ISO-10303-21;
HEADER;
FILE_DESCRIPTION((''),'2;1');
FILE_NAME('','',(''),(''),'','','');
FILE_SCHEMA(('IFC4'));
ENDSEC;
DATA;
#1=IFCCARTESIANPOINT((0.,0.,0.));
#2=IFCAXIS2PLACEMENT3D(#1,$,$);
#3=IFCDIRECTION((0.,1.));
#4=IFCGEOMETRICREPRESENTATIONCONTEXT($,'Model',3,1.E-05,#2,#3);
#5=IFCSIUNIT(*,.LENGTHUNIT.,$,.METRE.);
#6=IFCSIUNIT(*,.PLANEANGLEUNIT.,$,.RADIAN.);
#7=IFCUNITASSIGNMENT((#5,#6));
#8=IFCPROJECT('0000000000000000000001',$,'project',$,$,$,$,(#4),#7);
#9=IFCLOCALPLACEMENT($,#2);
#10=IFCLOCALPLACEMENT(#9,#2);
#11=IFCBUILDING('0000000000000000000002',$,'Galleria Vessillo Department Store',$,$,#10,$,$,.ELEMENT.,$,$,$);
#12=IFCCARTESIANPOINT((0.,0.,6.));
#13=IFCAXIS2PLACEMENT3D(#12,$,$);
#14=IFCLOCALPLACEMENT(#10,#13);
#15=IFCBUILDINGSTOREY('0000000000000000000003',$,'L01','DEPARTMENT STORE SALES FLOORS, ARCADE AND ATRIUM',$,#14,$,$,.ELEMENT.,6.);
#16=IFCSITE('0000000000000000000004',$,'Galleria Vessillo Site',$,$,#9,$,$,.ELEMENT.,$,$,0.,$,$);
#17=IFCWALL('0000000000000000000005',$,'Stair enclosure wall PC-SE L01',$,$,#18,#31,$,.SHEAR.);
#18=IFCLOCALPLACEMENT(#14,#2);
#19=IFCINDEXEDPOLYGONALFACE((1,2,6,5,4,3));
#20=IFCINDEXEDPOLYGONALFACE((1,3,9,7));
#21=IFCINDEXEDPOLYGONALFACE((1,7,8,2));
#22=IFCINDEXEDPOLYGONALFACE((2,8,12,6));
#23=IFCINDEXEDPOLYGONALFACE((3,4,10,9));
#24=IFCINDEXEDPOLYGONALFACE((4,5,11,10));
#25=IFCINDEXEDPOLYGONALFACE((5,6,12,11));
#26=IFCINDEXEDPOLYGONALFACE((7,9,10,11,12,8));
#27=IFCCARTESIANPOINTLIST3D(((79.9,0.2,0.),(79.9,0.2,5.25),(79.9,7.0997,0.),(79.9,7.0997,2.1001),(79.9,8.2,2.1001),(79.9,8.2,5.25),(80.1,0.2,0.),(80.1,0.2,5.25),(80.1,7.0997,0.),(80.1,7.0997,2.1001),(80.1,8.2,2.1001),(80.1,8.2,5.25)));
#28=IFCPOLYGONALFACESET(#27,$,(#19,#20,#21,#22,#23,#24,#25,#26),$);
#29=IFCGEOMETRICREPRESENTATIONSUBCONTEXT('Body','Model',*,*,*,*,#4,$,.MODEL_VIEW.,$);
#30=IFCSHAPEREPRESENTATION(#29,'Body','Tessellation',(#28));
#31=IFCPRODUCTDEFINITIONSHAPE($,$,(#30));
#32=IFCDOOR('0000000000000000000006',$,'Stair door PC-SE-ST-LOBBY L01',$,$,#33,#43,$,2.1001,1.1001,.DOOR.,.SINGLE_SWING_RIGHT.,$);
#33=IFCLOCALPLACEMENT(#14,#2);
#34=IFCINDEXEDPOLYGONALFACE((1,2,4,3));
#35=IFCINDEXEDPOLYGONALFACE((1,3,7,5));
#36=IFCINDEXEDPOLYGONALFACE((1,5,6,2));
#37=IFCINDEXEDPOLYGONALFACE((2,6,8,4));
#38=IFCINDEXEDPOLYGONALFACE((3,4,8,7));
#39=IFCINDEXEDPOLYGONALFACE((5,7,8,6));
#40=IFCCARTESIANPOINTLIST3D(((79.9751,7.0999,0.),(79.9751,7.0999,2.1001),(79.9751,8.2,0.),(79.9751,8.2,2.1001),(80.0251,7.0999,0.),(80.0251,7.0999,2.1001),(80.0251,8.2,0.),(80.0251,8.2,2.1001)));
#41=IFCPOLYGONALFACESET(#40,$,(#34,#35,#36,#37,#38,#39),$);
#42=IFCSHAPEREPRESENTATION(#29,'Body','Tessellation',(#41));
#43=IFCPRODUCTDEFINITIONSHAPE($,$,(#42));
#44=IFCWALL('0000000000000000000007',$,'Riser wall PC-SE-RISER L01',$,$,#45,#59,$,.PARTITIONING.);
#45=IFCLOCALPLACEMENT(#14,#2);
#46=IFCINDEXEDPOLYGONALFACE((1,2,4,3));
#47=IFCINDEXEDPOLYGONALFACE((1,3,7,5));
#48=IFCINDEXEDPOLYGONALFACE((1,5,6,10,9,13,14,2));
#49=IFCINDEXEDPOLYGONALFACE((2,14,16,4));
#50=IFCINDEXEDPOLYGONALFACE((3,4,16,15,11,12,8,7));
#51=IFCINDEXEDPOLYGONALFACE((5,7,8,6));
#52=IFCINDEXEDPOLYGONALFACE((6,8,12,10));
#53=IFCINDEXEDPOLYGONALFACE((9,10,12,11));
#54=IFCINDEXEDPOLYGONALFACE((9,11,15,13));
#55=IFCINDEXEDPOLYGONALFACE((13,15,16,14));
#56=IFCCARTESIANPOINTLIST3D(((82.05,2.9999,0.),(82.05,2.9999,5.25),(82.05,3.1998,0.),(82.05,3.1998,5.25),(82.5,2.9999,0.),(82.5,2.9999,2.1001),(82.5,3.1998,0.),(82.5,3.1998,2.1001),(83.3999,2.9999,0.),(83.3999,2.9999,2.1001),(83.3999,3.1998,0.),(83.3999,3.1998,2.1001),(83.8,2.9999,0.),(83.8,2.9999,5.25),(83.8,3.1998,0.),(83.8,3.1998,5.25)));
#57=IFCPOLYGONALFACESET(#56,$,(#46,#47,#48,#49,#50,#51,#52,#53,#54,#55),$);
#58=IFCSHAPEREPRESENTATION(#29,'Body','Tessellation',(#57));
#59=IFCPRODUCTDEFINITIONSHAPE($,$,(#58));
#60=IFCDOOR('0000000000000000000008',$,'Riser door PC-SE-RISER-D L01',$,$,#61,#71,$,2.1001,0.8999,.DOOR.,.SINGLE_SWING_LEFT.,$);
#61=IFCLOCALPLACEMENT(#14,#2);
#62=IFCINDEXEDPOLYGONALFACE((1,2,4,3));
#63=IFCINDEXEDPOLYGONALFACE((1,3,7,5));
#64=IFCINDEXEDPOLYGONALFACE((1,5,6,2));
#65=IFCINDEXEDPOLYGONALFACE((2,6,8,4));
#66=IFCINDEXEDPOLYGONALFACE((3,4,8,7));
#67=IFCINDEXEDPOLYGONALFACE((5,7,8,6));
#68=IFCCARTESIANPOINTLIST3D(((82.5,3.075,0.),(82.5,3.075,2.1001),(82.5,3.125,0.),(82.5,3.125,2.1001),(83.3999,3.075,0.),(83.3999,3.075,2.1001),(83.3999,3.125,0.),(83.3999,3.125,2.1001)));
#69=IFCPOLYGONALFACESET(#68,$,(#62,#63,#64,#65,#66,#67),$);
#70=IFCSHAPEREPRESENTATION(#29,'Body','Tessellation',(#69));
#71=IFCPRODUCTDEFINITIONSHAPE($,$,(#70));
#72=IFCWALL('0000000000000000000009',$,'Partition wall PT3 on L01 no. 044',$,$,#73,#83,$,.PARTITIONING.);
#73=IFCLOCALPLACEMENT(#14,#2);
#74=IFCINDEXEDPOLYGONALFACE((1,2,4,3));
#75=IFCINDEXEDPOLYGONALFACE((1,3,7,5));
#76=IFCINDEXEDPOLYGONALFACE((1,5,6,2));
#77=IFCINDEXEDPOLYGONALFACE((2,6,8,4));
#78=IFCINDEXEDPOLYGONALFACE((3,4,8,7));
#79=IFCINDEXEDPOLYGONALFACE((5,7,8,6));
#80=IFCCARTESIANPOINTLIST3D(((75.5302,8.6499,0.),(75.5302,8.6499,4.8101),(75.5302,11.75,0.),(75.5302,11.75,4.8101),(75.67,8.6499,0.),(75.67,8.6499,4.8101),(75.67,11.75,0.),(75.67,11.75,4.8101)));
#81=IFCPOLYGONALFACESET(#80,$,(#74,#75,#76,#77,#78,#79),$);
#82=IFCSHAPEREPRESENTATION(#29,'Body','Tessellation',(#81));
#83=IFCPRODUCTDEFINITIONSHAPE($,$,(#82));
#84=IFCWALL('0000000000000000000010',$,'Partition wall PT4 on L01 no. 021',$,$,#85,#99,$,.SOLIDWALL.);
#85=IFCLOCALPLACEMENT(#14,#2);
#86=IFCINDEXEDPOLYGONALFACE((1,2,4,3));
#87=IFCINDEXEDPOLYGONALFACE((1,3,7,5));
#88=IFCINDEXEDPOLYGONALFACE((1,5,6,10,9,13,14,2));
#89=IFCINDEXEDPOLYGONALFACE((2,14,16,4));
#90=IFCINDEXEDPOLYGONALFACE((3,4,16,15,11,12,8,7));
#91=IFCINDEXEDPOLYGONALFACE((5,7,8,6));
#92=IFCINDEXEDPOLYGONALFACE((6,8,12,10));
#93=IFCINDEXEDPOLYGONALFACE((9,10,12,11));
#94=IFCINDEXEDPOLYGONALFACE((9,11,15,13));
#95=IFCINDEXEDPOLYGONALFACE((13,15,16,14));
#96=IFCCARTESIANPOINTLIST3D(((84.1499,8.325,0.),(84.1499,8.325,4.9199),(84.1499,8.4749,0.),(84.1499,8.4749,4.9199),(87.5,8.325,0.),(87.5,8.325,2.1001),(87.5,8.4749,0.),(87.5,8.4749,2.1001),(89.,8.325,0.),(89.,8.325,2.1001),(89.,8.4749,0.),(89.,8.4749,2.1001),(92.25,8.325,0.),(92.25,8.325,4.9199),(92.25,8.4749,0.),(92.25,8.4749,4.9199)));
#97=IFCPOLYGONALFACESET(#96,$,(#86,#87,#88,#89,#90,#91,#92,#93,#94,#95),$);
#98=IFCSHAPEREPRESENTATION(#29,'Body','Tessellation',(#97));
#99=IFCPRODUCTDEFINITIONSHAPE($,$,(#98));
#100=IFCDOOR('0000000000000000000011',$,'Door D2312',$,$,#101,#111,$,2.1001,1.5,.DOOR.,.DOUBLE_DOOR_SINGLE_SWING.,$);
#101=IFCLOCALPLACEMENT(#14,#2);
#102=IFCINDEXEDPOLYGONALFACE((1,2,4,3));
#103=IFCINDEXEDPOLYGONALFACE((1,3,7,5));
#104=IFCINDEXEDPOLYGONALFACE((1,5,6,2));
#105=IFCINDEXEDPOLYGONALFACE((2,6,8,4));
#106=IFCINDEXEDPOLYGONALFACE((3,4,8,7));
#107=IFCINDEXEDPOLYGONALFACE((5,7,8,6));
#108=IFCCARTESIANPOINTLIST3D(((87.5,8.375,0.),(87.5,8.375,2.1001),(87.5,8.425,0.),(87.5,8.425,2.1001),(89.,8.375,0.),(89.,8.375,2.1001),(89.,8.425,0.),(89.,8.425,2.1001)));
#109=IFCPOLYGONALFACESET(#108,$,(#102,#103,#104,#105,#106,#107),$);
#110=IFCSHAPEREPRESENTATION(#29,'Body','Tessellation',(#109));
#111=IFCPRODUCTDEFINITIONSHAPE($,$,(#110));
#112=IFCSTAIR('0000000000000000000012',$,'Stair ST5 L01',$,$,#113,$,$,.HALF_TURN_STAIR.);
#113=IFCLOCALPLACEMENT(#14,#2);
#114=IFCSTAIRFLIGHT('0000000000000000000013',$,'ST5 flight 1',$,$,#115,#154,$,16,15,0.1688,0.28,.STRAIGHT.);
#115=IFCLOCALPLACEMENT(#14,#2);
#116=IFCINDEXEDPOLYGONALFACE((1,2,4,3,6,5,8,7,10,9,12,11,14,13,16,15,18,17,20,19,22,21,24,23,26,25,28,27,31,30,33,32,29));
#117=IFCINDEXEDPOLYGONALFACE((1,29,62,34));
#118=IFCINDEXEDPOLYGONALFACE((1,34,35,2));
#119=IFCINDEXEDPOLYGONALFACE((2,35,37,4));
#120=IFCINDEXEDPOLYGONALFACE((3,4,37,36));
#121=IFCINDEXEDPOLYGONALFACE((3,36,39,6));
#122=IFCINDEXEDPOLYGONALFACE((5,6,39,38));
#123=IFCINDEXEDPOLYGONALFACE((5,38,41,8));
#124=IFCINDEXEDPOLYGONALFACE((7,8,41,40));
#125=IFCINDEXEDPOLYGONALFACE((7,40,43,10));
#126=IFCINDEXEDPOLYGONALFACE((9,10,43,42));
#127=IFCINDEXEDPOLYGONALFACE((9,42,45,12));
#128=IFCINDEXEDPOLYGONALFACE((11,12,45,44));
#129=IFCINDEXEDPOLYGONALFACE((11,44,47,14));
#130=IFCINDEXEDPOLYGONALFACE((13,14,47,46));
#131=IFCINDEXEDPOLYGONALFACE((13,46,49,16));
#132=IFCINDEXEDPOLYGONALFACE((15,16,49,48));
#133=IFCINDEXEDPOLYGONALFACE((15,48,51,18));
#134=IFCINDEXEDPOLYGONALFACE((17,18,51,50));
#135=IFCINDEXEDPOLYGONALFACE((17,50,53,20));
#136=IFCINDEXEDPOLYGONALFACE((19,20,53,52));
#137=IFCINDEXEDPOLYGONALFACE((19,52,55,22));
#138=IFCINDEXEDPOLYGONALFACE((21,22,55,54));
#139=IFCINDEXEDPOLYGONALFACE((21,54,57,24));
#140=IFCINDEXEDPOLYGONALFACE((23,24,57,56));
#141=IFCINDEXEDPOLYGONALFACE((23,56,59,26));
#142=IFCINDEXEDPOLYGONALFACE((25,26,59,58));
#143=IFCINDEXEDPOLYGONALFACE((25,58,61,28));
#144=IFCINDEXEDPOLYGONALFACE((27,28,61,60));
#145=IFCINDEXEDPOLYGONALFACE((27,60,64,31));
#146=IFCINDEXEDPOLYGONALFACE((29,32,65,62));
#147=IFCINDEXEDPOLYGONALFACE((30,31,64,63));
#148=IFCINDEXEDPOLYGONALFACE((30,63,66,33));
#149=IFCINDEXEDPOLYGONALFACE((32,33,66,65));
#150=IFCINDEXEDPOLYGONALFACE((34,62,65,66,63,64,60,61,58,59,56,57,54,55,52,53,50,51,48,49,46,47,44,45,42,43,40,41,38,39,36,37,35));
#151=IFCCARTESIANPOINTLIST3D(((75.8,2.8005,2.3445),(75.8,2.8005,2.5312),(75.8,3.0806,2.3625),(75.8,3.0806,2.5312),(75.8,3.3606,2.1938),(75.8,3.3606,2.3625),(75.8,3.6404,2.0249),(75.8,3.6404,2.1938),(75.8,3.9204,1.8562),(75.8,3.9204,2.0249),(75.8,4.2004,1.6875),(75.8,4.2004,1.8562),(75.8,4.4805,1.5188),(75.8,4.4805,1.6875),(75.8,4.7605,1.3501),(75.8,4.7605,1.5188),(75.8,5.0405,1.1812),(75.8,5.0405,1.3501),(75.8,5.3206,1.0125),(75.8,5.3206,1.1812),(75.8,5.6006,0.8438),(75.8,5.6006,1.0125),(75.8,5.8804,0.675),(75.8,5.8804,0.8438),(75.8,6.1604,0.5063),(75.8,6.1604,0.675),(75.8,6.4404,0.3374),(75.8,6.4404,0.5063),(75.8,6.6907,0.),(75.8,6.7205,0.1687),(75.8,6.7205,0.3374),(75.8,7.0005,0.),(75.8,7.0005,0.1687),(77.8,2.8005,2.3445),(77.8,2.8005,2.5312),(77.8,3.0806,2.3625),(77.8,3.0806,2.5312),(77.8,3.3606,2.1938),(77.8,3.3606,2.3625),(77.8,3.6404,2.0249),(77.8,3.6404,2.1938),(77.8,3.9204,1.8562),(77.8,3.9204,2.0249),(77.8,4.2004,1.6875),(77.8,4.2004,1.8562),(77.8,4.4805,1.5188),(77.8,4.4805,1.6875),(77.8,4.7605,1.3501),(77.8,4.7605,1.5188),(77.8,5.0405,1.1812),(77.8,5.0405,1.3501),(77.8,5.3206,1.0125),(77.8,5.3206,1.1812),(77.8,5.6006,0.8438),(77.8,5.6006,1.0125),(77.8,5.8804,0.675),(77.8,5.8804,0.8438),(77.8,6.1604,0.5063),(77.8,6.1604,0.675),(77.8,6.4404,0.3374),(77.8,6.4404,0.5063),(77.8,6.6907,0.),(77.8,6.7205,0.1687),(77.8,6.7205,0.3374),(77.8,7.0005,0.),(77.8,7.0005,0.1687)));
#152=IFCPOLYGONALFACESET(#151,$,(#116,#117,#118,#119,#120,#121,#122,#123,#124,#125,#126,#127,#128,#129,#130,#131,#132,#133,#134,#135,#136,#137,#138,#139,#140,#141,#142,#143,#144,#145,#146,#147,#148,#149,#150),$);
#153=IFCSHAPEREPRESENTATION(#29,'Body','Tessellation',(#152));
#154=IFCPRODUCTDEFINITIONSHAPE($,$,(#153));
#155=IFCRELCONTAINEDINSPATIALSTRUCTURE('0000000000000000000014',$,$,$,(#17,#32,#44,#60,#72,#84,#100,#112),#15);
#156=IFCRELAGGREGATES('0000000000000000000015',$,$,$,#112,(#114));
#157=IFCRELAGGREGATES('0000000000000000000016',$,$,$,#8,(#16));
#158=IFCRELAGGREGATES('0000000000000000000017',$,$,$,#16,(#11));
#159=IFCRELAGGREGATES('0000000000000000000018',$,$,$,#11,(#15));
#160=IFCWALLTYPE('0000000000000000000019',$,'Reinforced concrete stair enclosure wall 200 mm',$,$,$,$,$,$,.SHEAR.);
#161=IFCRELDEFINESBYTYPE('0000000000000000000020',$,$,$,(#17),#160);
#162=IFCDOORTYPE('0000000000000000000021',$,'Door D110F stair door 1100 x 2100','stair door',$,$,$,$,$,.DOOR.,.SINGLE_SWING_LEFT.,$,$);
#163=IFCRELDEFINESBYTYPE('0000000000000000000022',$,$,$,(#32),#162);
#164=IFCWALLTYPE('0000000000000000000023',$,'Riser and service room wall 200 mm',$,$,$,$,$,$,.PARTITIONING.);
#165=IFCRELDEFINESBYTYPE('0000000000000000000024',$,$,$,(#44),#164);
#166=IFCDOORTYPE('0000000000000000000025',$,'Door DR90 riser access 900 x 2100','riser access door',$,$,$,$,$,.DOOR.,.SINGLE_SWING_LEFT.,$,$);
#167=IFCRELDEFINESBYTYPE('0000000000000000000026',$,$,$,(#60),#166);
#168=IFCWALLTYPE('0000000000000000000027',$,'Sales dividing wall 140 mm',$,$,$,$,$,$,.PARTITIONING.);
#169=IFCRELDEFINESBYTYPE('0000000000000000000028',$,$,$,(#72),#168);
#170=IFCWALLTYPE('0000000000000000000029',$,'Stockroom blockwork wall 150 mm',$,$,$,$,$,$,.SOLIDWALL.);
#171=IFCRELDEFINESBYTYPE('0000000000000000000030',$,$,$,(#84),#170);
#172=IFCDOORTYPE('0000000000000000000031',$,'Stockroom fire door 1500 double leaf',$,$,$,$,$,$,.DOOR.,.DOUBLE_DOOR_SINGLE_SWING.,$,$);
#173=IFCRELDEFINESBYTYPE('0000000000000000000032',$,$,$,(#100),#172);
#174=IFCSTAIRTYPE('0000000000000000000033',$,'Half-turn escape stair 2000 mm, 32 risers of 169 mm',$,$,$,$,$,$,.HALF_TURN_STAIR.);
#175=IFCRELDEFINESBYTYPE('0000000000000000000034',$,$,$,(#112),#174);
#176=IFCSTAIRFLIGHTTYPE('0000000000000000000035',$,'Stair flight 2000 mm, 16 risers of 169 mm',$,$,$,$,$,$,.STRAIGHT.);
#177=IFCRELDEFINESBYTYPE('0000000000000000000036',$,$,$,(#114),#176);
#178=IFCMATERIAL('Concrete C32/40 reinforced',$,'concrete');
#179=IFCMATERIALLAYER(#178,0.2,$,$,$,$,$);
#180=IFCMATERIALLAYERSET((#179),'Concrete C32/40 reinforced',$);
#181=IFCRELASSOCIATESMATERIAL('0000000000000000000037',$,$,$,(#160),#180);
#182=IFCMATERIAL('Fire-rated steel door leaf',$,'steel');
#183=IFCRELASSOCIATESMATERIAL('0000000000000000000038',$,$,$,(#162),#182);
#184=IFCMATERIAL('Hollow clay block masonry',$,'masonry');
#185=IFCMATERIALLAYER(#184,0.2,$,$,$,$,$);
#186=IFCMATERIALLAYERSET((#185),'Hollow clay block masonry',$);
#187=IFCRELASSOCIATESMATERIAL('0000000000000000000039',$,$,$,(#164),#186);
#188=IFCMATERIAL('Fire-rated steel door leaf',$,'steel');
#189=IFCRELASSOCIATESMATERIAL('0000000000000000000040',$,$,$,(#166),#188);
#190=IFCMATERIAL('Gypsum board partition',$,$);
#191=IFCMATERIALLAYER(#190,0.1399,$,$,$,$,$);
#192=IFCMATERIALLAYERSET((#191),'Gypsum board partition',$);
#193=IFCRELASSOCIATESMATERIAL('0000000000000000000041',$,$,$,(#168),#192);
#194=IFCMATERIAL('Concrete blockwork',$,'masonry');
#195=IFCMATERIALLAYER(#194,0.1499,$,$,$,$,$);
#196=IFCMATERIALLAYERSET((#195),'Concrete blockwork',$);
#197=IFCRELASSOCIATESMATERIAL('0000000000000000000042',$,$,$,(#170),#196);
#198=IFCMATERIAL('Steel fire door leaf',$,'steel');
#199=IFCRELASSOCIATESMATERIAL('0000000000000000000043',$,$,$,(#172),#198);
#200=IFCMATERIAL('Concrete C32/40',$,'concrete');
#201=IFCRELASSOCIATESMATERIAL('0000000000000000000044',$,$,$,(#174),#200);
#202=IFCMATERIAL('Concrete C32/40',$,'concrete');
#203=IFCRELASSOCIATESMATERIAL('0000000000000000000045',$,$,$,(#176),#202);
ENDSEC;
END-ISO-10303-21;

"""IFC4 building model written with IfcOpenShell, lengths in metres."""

from ifc_helpers import new_model, si_unit, direction, frame, frame_2d, origin, place, context, subcontext, project, spatial, polyline, rectangle, outline, extrude, material, layer, layer_set, type_object, element, fill, aggregate, save


model = new_model("IFC4")

# Units and contexts
model_context = context("Model", 3, precision=1e-05, world=origin(), true_north=direction((0.0, 1.0)))
body_context = subcontext(model_context, "Body", "Model", "MODEL_VIEW")
ifc_project = project(units=[si_unit("LENGTHUNIT", "METRE"), si_unit("PLANEANGLEUNIT", "RADIAN")], contexts=[model_context])

# Site, building, storey
site_placement = place(None, origin())
site = spatial("IfcSite", under=ifc_project, at=site_placement, Name="Galleria Vessillo Site", CompositionType="ELEMENT", RefElevation=0.0)
building_placement = place(site_placement, origin())
building = spatial("IfcBuilding", under=site, at=building_placement, Name="Galleria Vessillo Department Store", CompositionType="ELEMENT")
storey_placement = place(building_placement, frame((0.0, 0.0, 6.0)))
storey = spatial("IfcBuildingStorey", under=building, at=storey_placement, Name="L01", Description="DEPARTMENT STORE SALES FLOORS, ARCADE AND ATRIUM", CompositionType="ELEMENT", Elevation=6.0)

# Walls, openings, doors
ifc_material_1 = material(Name="Concrete C32/40 reinforced", Category="concrete")
ifc_layer_1 = layer(ifc_material_1, 0.2)
ifc_layer_set_1 = layer_set([ifc_layer_1], Name="Concrete C32/40 reinforced")
wall_type_1 = type_object("IfcWallType", Name="Reinforced concrete stair enclosure wall 200 mm", PredefinedType="SHEAR", material=ifc_layer_set_1)
wall_1_placement = place(storey_placement, frame((80.0, 0.2, 0.0), z_axis=(0.0, 0.0, 1.0), x_axis=(0.0, 1.0, 0.0)))
wall_1 = element("IfcWall", 1, at=wall_1_placement, inside=storey, type_object=wall_type_1, Name="Stair enclosure wall PC-SE L01", PredefinedType="SHEAR", context=body_context, shape_type="SweptSolid", body=[
    extrude(rectangle(XDim=8.0, YDim=0.2, at=frame_2d((4.0, 0.0))), origin(), (0.0, 0.0, 1.0), 5.25),
])
opening_1_placement = place(wall_1_placement, frame((6.8999, 0.0, 0.0)))
opening_1 = element("IfcOpeningElement", 2, at=opening_1_placement, cuts=wall_1, PredefinedType="OPENING", context=body_context, shape_type="SweptSolid", body=[
    extrude(rectangle(XDim=1.1101, YDim=2.1001, at=frame_2d((0.5549, 1.05))), frame((0.0, 0.1099, 0.0), z_axis=(0.0, -1.0, 0.0), x_axis=(1.0, 0.0, 0.0)), (0.0, 0.0, 1.0), 0.22),
])
ifc_material_2 = material(Name="Fire-rated steel door leaf", Category="steel")
door_type_1 = type_object("IfcDoorType", Name="Door D110F stair door 1100 x 2100", Description="stair door", OperationType="SINGLE_SWING_LEFT", PredefinedType="DOOR", material=ifc_material_2)
door_1_placement = place(opening_1_placement, origin())
door_1 = element("IfcDoor", 3, at=door_1_placement, inside=storey, type_object=door_type_1, Name="Stair door PC-SE-ST-LOBBY L01", OperationType="SINGLE_SWING_RIGHT", OverallHeight=2.1001, OverallWidth=1.1001, PredefinedType="DOOR", context=body_context, shape_type="SweptSolid", body=[
    extrude(rectangle(XDim=1.1001, YDim=2.1001, at=frame_2d((0.55, 1.05))), frame((0.0, 0.0249, 0.0), z_axis=(0.0, -1.0, 0.0), x_axis=(1.0, 0.0, 0.0)), (0.0, 0.0, 1.0), 0.05),
])
fill(opening_1, door_1)
ifc_material_3 = material(Name="Hollow clay block masonry", Category="masonry")
ifc_layer_2 = layer(ifc_material_3, 0.2)
ifc_layer_set_2 = layer_set([ifc_layer_2], Name="Hollow clay block masonry")
wall_type_2 = type_object("IfcWallType", Name="Riser and service room wall 200 mm", PredefinedType="PARTITIONING", material=ifc_layer_set_2)
wall_2_placement = place(storey_placement, frame((82.05, 3.0999, 0.0), z_axis=(0.0, 0.0, 1.0), x_axis=(1.0, 0.0, 0.0)))
wall_2 = element("IfcWall", 4, at=wall_2_placement, inside=storey, type_object=wall_type_2, Name="Riser wall PC-SE-RISER L01", PredefinedType="PARTITIONING", context=body_context, shape_type="SweptSolid", body=[
    extrude(rectangle(XDim=1.75, YDim=0.2, at=frame_2d((0.875, 0.0))), origin(), (0.0, 0.0, 1.0), 5.25),
])
opening_2_placement = place(wall_2_placement, frame((0.45, 0.0, 0.0)))
opening_2 = element("IfcOpeningElement", 5, at=opening_2_placement, cuts=wall_2, PredefinedType="OPENING", context=body_context, shape_type="SweptSolid", body=[
    extrude(rectangle(XDim=0.8999, YDim=2.1001, at=frame_2d((0.45, 1.05))), frame((0.0, 0.1099, 0.0), z_axis=(0.0, -1.0, 0.0), x_axis=(1.0, 0.0, 0.0)), (0.0, 0.0, 1.0), 0.22),
])
ifc_material_4 = material(Name="Fire-rated steel door leaf", Category="steel")
door_type_2 = type_object("IfcDoorType", Name="Door DR90 riser access 900 x 2100", Description="riser access door", OperationType="SINGLE_SWING_LEFT", PredefinedType="DOOR", material=ifc_material_4)
door_2_placement = place(opening_2_placement, frame((0.8999, 0.0, 0.0), z_axis=(0.0, 0.0, 1.0), x_axis=(-1.0, 0.0, 0.0)))
door_2 = element("IfcDoor", 6, at=door_2_placement, inside=storey, type_object=door_type_2, Name="Riser door PC-SE-RISER-D L01", OperationType="SINGLE_SWING_LEFT", OverallHeight=2.1001, OverallWidth=0.8999, PredefinedType="DOOR", context=body_context, shape_type="SweptSolid", body=[
    extrude(rectangle(XDim=0.8999, YDim=2.1001, at=frame_2d((0.45, 1.05))), frame((0.0, 0.0249, 0.0), z_axis=(0.0, -1.0, 0.0), x_axis=(1.0, 0.0, 0.0)), (0.0, 0.0, 1.0), 0.05),
])
fill(opening_2, door_2)

# Wall
ifc_material_5 = material(Name="Gypsum board partition")
ifc_layer_3 = layer(ifc_material_5, 0.1399)
ifc_layer_set_3 = layer_set([ifc_layer_3], Name="Gypsum board partition")
wall_type_3 = type_object("IfcWallType", Name="Sales dividing wall 140 mm", PredefinedType="PARTITIONING", material=ifc_layer_set_3)
wall_3_placement = place(storey_placement, frame((75.6001, 8.6499, 0.0), z_axis=(0.0, 0.0, 1.0), x_axis=(0.0, 1.0, 0.0)))
element("IfcWall", 7, at=wall_3_placement, inside=storey, type_object=wall_type_3, Name="Partition wall PT3 on L01 no. 044", PredefinedType="PARTITIONING", context=body_context, shape_type="SweptSolid", body=[
    extrude(rectangle(XDim=3.1001, YDim=0.1399, at=frame_2d((1.55, 0.0))), origin(), (0.0, 0.0, 1.0), 4.8101),
])

# Wall, opening, door
ifc_material_6 = material(Name="Concrete blockwork", Category="masonry")
ifc_layer_4 = layer(ifc_material_6, 0.1499)
ifc_layer_set_4 = layer_set([ifc_layer_4], Name="Concrete blockwork")
wall_type_4 = type_object("IfcWallType", Name="Stockroom blockwork wall 150 mm", PredefinedType="SOLIDWALL", material=ifc_layer_set_4)
wall_4_placement = place(storey_placement, frame((84.1499, 8.3999, 0.0), z_axis=(0.0, 0.0, 1.0), x_axis=(1.0, 0.0, 0.0)))
wall_4 = element("IfcWall", 8, at=wall_4_placement, inside=storey, type_object=wall_type_4, Name="Partition wall PT4 on L01 no. 021", PredefinedType="SOLIDWALL", context=body_context, shape_type="SweptSolid", body=[
    extrude(rectangle(XDim=8.1001, YDim=0.1499, at=frame_2d((4.05, 0.0))), origin(), (0.0, 0.0, 1.0), 4.9199),
])
opening_3_placement = place(wall_4_placement, frame((3.3501, 0.0, 0.0)))
opening_3 = element("IfcOpeningElement", 9, at=opening_3_placement, cuts=wall_4, PredefinedType="OPENING", context=body_context, shape_type="SweptSolid", body=[
    extrude(rectangle(XDim=1.5, YDim=2.1001, at=frame_2d((0.75, 1.05))), frame((0.0, 0.085, 0.0), z_axis=(0.0, -1.0, 0.0), x_axis=(1.0, 0.0, 0.0)), (0.0, 0.0, 1.0), 0.1699),
])
ifc_material_7 = material(Name="Steel fire door leaf", Category="steel")
door_type_3 = type_object("IfcDoorType", Name="Stockroom fire door 1500 double leaf", OperationType="DOUBLE_DOOR_SINGLE_SWING", PredefinedType="DOOR", material=ifc_material_7)
door_3_placement = place(opening_3_placement, frame((1.5, 0.0, 0.0), z_axis=(0.0, 0.0, 1.0), x_axis=(-1.0, 0.0, 0.0)))
door_3 = element("IfcDoor", 10, at=door_3_placement, inside=storey, type_object=door_type_3, Name="Door D2312", OperationType="DOUBLE_DOOR_SINGLE_SWING", OverallHeight=2.1001, OverallWidth=1.5, PredefinedType="DOOR", context=body_context, shape_type="SweptSolid", body=[
    extrude(rectangle(XDim=1.5, YDim=2.1001, at=frame_2d((0.75, 1.05))), frame((0.0, 0.0249, 0.0), z_axis=(0.0, -1.0, 0.0), x_axis=(1.0, 0.0, 0.0)), (0.0, 0.0, 1.0), 0.05),
])
fill(opening_3, door_3)

# Stair, stair flight
ifc_material_8 = material(Name="Concrete C32/40", Category="concrete")
stair_type = type_object("IfcStairType", Name="Half-turn escape stair 2000 mm, 32 risers of 169 mm", PredefinedType="HALF_TURN_STAIR", material=ifc_material_8)
stair_placement = place(storey_placement, origin())
stair = element("IfcStair", 11, at=stair_placement, inside=storey, type_object=stair_type, Name="Stair ST5 L01", PredefinedType="HALF_TURN_STAIR")
ifc_material_9 = material(Name="Concrete C32/40", Category="concrete")
stair_flight_type = type_object("IfcStairFlightType", Name="Stair flight 2000 mm, 16 risers of 169 mm", PredefinedType="STRAIGHT", material=ifc_material_9)
stair_flight_1_placement = place(storey_placement, frame((76.8, 7.0005, 0.0), z_axis=(0.0, 0.0, 1.0), x_axis=(0.0, -1.0, 0.0)))
stair_flight_1 = element("IfcStairFlight", 12, at=stair_flight_1_placement, type_object=stair_flight_type, Name="ST5 flight 1", NumberOfRisers=16, NumberOfTreads=15, PredefinedType="STRAIGHT", RiserHeight=0.1688, TreadLength=0.28, context=body_context, shape_type="SweptSolid", body=[
    extrude(outline(polyline([(0.0, 0.0), (0.0, 0.1687), (0.28, 0.1687), (0.28, 0.3374), (0.5601, 0.3374), (0.5601, 0.5063), (0.8401, 0.5063), (0.8401, 0.675), (1.1201, 0.675), (1.1201, 0.8438), (1.3999, 0.8438), (1.3999, 1.0125), (1.6799, 1.0125), (1.6799, 1.1812), (1.96, 1.1812), (1.96, 1.3501), (2.24, 1.3501), (2.24, 1.5188), (2.52, 1.5188), (2.52, 1.6875), (2.8, 1.6875), (2.8, 1.8562), (3.0801, 1.8562), (3.0801, 2.0249), (3.3601, 2.0249), (3.3601, 2.1938), (3.6399, 2.1938), (3.6399, 2.3625), (3.9199, 2.3625), (3.9199, 2.5312), (4.2, 2.5312), (4.2, 2.7), (4.2, 2.3445), (0.3098, 0.0), (0.0, 0.0)])), frame((0.0, 1.0, 0.0), z_axis=(0.0, -1.0, 0.0), x_axis=(1.0, 0.0, 0.0)), (0.0, 0.0, 1.0), 2.0),
])
aggregate(stair, [stair_flight_1])

save(model, "model.ifc")
